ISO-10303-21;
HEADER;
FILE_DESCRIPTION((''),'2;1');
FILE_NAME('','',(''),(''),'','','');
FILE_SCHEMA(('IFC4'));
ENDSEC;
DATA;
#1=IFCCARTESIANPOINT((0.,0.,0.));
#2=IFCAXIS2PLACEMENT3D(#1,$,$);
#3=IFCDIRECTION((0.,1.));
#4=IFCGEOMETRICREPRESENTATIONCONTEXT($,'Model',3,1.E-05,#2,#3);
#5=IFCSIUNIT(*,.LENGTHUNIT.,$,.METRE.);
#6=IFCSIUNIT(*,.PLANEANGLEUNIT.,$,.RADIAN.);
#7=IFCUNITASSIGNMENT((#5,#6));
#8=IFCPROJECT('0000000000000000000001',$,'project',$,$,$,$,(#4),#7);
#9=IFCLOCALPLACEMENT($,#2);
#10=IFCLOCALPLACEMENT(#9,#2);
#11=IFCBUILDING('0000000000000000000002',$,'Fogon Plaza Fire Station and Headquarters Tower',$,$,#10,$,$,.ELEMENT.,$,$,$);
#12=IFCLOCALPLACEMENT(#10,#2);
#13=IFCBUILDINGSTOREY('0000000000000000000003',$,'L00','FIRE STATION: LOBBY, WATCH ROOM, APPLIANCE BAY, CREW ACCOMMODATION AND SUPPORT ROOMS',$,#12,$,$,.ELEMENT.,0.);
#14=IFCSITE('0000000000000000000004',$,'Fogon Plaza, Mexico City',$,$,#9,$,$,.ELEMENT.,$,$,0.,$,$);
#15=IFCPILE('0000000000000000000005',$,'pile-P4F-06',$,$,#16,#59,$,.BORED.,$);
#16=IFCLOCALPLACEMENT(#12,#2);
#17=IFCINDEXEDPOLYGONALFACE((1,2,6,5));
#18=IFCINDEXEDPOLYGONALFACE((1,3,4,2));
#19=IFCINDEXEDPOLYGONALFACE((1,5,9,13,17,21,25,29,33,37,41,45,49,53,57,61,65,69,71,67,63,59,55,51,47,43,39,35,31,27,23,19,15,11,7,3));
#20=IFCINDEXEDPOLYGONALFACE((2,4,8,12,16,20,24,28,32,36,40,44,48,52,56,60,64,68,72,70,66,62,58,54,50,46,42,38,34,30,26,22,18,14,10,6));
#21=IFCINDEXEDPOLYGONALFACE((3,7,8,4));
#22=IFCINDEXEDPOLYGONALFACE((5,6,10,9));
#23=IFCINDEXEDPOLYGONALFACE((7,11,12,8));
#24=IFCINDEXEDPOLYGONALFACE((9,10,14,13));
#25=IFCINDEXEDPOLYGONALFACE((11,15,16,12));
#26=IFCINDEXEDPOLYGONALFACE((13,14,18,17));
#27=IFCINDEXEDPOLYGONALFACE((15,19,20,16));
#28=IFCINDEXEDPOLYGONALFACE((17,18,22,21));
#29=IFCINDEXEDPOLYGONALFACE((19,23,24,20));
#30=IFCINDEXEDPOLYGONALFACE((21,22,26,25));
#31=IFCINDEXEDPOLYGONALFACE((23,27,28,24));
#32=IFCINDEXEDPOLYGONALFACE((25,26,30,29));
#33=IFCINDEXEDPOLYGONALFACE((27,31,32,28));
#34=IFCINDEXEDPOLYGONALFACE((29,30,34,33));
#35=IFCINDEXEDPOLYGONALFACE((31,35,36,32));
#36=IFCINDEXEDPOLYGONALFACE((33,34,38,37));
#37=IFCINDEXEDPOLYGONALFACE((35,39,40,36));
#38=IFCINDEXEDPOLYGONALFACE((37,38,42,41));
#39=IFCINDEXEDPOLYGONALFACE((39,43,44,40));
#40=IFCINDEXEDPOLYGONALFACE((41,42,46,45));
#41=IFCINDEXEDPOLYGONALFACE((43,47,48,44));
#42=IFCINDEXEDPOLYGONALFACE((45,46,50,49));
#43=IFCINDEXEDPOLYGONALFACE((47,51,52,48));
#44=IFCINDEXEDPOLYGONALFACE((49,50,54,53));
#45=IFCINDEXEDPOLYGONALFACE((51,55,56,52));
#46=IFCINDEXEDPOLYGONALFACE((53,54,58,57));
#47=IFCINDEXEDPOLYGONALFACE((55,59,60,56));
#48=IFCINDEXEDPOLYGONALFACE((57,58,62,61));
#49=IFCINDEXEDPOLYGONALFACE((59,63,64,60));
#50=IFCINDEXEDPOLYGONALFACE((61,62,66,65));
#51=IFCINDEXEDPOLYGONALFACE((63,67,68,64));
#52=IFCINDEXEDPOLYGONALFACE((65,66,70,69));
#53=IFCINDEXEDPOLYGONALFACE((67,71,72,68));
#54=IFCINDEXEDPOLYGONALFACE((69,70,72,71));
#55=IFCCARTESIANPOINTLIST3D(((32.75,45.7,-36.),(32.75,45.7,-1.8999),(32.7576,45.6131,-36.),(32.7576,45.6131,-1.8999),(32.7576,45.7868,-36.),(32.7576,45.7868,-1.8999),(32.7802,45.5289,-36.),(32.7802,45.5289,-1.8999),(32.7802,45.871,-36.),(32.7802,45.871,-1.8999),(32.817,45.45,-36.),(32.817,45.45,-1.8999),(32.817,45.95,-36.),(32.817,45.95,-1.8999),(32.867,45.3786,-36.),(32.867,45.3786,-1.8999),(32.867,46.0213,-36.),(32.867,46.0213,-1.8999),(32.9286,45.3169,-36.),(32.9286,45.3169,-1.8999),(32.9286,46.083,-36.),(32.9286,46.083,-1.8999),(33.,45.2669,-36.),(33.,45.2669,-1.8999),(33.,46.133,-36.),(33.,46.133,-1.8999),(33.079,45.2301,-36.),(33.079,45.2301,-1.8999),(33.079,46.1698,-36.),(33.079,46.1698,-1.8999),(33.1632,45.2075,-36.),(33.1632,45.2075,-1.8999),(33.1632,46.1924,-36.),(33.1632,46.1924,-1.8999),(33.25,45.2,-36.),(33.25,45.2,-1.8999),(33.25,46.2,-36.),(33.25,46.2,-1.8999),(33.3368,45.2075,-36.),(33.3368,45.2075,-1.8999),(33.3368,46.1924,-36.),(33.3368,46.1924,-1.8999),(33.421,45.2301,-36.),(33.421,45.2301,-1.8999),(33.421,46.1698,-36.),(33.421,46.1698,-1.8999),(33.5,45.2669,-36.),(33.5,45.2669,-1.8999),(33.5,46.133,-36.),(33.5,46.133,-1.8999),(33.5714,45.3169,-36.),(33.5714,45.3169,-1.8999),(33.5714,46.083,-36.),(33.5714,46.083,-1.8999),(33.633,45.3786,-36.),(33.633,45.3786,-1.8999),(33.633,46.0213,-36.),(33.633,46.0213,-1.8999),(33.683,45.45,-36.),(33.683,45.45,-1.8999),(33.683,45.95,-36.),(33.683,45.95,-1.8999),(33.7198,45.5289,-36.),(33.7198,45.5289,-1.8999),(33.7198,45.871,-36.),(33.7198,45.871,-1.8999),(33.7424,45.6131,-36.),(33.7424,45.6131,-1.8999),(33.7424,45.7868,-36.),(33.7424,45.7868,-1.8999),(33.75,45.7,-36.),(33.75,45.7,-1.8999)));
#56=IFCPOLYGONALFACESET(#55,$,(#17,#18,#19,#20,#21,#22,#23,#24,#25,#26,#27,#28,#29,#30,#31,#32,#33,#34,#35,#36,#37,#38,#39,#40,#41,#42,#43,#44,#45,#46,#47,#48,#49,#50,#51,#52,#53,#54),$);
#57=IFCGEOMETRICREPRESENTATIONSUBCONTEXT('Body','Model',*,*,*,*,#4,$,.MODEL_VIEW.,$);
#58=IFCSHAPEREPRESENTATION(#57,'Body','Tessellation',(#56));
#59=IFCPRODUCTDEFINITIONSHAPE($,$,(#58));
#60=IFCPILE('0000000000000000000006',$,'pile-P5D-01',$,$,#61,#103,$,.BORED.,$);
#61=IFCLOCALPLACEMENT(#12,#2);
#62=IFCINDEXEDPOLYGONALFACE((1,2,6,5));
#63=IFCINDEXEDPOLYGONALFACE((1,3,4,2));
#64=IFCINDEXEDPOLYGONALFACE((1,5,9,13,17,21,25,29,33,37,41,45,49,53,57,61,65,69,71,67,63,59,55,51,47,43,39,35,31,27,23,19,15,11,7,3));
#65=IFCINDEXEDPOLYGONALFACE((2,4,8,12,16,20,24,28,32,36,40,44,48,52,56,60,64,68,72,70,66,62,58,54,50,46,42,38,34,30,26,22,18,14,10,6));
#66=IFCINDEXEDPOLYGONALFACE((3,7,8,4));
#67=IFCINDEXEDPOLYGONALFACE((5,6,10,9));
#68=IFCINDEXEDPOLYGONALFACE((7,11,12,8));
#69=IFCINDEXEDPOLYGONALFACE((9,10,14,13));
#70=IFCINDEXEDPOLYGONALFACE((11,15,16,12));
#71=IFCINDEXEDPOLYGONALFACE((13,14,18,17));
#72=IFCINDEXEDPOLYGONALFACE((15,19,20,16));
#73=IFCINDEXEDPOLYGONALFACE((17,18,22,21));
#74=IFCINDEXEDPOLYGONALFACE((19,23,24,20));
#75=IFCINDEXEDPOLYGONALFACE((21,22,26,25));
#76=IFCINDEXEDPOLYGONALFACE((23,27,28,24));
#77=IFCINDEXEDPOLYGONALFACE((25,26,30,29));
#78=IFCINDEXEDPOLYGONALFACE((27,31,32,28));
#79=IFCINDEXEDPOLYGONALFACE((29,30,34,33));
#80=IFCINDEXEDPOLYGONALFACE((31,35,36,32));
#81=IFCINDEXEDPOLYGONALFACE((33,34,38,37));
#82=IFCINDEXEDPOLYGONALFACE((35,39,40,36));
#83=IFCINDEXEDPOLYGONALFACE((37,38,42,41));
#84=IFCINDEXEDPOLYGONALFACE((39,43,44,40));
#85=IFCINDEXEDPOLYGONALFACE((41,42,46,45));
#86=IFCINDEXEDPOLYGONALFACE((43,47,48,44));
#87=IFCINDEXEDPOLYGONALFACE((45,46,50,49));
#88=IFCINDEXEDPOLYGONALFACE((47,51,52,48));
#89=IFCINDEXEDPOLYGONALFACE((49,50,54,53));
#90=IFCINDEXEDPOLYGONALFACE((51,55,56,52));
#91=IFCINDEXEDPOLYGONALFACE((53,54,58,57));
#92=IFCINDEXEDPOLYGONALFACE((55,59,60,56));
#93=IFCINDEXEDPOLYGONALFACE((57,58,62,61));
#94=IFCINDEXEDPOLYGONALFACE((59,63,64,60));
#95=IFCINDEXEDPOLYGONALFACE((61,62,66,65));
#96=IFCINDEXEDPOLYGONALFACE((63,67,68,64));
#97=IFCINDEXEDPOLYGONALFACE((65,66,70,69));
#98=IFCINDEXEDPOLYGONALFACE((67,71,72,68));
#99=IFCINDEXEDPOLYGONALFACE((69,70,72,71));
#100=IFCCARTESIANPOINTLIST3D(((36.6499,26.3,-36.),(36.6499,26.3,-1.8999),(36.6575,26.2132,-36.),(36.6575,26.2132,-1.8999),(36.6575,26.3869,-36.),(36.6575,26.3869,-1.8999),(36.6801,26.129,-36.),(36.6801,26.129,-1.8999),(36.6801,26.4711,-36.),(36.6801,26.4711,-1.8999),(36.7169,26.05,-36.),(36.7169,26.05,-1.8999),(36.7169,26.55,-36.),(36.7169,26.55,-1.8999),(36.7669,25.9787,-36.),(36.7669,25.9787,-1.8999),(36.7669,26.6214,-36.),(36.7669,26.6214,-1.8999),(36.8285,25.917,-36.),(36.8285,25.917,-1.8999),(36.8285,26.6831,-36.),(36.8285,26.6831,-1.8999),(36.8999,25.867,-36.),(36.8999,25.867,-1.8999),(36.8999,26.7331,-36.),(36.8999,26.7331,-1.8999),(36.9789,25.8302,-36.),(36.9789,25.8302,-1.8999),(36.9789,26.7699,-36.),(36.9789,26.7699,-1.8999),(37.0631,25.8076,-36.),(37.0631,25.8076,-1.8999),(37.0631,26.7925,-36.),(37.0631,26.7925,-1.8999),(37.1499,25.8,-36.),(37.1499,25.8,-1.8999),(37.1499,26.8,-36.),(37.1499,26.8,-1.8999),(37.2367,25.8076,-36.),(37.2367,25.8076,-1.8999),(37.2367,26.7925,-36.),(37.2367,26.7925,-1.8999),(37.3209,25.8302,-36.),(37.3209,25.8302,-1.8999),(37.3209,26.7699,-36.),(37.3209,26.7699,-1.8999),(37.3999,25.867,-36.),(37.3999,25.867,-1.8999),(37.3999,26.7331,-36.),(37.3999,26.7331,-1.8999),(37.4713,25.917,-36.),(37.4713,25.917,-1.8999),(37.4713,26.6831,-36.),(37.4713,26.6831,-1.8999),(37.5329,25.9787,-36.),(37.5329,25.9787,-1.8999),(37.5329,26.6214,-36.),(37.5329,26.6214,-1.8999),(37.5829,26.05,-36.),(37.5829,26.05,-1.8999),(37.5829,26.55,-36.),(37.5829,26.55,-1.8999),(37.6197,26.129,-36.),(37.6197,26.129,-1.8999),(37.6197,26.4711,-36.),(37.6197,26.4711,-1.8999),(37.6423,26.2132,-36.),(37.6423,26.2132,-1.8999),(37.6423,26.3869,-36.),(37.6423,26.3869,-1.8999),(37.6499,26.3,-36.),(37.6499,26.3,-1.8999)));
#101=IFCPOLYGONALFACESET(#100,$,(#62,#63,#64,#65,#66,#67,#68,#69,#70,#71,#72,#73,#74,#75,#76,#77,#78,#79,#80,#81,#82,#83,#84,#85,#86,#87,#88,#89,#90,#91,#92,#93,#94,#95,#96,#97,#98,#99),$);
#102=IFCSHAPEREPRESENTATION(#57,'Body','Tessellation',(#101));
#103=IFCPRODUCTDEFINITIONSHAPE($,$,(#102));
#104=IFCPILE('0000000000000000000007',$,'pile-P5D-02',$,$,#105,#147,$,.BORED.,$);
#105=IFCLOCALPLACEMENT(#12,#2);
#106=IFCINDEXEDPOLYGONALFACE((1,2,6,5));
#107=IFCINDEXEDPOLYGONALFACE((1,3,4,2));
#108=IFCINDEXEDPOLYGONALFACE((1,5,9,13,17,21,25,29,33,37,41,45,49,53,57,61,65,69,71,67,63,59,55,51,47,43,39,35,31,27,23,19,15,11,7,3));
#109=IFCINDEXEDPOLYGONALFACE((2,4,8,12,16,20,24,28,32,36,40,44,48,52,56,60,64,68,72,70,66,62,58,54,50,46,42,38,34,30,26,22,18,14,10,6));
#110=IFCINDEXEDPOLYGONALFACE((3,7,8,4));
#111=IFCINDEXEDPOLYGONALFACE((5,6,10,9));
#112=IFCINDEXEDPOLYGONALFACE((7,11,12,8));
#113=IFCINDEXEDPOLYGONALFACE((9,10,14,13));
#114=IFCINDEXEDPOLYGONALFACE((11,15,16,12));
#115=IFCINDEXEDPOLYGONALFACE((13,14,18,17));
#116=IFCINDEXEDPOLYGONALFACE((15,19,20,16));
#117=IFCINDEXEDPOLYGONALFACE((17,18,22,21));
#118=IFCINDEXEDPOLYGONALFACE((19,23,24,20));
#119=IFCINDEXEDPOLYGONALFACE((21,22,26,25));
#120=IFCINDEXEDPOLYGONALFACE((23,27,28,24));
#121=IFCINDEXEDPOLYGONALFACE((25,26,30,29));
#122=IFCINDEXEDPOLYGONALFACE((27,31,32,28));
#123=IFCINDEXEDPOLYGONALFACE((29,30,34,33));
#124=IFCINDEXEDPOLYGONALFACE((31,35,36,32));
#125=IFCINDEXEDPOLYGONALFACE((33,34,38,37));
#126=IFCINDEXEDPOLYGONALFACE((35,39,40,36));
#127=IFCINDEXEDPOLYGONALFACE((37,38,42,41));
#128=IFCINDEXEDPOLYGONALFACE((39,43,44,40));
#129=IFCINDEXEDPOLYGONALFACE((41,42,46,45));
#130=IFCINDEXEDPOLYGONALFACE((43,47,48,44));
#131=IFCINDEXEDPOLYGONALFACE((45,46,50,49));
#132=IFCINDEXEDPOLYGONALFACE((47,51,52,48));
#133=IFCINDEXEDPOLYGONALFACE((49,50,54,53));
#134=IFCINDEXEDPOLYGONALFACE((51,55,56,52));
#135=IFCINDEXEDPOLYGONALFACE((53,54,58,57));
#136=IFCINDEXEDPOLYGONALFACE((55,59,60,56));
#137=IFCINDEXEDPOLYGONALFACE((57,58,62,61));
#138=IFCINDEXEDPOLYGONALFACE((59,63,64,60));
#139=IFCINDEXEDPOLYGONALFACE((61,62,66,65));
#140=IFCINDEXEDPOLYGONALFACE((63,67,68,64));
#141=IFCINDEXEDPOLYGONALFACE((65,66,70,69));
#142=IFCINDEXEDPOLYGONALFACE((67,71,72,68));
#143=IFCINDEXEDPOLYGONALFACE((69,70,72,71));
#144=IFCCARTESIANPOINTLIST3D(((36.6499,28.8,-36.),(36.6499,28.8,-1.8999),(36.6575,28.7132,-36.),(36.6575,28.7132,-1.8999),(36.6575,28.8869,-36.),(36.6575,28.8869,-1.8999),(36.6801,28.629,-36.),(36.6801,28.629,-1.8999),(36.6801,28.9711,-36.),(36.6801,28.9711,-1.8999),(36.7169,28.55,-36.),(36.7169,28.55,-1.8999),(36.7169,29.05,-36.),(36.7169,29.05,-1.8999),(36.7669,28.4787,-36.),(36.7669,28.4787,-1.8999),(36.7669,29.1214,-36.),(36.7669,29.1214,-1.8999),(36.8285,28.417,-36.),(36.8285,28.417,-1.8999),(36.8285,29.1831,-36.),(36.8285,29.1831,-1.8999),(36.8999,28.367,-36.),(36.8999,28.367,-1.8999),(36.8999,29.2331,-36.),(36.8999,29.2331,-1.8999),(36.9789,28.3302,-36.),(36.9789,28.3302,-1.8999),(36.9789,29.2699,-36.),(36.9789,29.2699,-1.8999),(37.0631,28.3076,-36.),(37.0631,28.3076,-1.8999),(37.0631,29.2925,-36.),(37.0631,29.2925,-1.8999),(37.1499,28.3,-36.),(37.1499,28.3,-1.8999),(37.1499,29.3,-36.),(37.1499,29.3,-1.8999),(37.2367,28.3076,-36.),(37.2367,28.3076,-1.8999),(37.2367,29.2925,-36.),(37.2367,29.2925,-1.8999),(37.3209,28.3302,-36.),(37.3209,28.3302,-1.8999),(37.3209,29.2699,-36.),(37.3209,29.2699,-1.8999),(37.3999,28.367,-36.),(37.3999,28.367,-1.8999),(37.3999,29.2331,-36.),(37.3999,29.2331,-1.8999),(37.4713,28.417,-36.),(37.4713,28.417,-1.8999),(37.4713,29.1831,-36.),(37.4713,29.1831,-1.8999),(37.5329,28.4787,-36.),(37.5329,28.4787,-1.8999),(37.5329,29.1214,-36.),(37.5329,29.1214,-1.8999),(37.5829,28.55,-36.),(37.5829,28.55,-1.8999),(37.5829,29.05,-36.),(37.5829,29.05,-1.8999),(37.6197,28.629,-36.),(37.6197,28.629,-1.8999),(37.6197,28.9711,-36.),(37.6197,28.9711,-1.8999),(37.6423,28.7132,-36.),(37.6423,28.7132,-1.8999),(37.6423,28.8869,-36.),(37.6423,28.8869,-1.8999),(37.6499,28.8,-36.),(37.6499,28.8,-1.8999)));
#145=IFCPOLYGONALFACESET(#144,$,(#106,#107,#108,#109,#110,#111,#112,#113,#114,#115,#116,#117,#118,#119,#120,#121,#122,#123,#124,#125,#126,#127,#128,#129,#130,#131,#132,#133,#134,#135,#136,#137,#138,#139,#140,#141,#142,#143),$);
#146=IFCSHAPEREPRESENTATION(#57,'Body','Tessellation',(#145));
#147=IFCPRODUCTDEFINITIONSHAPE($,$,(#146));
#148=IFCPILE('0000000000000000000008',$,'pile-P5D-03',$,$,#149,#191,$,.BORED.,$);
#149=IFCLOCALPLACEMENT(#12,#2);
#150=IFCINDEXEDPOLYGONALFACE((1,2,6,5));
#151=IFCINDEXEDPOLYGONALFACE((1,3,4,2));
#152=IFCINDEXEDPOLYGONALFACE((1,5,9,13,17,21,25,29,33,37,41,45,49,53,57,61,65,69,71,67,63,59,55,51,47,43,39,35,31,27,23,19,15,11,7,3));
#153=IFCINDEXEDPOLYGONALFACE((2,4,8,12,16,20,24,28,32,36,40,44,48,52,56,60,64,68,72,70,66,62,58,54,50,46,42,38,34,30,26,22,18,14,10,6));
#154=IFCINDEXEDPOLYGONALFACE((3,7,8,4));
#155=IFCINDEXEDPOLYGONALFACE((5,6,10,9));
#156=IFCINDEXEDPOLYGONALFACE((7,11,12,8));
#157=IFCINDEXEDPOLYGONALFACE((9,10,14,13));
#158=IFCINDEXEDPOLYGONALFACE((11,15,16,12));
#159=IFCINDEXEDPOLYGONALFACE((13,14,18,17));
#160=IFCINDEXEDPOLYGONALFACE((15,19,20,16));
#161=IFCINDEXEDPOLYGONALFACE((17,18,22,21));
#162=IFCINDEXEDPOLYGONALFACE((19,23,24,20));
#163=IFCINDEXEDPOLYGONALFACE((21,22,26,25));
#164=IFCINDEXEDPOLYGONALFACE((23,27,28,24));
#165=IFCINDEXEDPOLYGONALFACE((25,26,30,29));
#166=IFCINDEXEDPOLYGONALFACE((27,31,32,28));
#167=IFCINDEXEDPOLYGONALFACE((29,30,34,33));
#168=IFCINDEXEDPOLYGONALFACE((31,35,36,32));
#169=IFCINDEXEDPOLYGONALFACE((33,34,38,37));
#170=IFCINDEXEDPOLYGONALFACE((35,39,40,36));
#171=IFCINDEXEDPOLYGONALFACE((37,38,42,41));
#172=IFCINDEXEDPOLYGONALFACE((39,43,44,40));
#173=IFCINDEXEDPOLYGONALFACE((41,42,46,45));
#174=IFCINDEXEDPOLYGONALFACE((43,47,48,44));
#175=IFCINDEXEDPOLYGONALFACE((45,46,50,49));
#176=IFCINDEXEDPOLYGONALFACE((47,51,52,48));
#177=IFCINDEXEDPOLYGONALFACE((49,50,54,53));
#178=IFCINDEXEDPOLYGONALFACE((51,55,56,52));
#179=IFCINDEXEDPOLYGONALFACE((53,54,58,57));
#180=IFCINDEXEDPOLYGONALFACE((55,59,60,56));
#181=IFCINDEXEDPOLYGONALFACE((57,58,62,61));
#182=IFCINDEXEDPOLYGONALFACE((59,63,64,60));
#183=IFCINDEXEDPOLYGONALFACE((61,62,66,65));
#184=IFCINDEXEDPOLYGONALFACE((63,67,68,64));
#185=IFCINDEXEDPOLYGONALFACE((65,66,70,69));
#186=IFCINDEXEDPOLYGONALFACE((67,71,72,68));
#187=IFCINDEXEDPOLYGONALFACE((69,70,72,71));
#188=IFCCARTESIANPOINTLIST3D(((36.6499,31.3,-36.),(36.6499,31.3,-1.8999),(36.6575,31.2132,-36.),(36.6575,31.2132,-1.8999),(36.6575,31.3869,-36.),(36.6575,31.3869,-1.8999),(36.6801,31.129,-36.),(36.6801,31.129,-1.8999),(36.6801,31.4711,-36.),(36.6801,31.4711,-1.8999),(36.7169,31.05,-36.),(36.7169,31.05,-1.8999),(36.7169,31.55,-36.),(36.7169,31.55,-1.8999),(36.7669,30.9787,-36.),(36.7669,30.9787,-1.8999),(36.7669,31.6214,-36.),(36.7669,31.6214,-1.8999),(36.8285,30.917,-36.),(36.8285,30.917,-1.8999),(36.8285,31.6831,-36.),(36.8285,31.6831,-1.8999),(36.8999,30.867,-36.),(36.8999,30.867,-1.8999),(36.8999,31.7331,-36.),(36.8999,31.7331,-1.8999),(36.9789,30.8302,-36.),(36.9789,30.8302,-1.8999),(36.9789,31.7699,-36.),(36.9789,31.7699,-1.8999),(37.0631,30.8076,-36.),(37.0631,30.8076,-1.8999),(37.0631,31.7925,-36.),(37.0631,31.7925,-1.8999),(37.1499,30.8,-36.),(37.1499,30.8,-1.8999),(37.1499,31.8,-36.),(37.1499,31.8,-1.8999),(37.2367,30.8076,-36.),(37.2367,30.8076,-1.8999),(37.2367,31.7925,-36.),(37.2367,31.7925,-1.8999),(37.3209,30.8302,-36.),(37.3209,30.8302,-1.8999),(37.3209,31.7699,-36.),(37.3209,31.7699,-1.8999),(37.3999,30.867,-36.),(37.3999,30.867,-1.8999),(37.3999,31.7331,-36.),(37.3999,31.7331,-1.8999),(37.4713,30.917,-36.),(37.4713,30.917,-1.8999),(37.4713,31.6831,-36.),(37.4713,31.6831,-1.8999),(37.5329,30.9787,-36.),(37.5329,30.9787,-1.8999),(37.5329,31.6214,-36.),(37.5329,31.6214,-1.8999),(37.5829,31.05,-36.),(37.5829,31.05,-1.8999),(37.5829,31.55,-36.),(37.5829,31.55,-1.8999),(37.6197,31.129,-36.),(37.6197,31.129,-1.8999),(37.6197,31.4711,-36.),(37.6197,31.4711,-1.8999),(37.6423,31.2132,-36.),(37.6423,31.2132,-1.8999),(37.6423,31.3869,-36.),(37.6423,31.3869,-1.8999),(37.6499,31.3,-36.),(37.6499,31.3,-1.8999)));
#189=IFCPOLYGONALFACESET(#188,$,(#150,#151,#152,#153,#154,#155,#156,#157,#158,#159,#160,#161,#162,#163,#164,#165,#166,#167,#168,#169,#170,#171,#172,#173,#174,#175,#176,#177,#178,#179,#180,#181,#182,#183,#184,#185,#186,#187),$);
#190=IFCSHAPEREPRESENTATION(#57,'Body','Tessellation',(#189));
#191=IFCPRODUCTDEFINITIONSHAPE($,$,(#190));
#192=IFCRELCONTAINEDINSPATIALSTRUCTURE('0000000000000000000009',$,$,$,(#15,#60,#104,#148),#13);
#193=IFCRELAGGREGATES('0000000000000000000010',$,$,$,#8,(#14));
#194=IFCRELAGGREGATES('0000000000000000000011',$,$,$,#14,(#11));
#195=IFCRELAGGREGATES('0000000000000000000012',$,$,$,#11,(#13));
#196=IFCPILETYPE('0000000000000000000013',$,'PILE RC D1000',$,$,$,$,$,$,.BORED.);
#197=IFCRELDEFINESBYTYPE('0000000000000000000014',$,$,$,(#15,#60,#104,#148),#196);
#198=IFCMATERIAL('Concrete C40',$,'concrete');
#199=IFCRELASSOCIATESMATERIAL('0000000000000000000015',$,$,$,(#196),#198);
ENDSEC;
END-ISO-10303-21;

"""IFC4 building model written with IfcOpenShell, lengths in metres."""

from ifc_helpers import new_model, si_unit, direction, frame, origin, origin_2d, place, context, subcontext, project, spatial, circle, extrude, material, material_profile, profile_set, type_object, element, save


model = new_model("IFC4")

# Units and contexts
model_context = context("Model", 3, precision=1e-05, world=origin(), true_north=direction((0.0, 1.0)))
body_context = subcontext(model_context, "Body", "Model", "MODEL_VIEW")
ifc_project = project(units=[si_unit("LENGTHUNIT", "METRE"), si_unit("PLANEANGLEUNIT", "RADIAN")], contexts=[model_context])

# Site, building, storey
site_placement = place(None, origin())
site = spatial("IfcSite", under=ifc_project, at=site_placement, Name="Fogon Plaza, Mexico City", CompositionType="ELEMENT", RefElevation=0.0)
building_placement = place(site_placement, origin())
building = spatial("IfcBuilding", under=site, at=building_placement, Name="Fogon Plaza Fire Station and Headquarters Tower", CompositionType="ELEMENT")
storey_placement = place(building_placement, origin())
storey = spatial("IfcBuildingStorey", under=building, at=storey_placement, Name="L00", Description="FIRE STATION: LOBBY, WATCH ROOM, APPLIANCE BAY, CREW ACCOMMODATION AND SUPPORT ROOMS", CompositionType="ELEMENT", Elevation=0.0)

# Piles
ifc_material_1 = material(Name="Concrete C40", Category="concrete")
ifc_material_profile_1 = material_profile(ifc_material_1, circle(Radius=0.5, at=origin_2d()), Name="RC D1000")
ifc_profile_set_1 = profile_set([ifc_material_profile_1], Name="Concrete C40")
pile_type = type_object("IfcPileType", Name="PILE RC D1000", PredefinedType="BORED", material=ifc_profile_set_1)
for number, where, z_axis, x_axis, name in (
    (1, (33.25, 45.7, -1.8999), (0.0, 0.0, -1.0), (1.0, 0.0, 0.0), "pile-P4F-06"),
    (2, (37.1499, 26.3, -1.8999), (0.0, 0.0, -1.0), (1.0, 0.0, 0.0), "pile-P5D-01"),
    (3, (37.1499, 28.8, -1.8999), (0.0, 0.0, -1.0), (1.0, 0.0, 0.0), "pile-P5D-02"),
    (4, (37.1499, 31.3, -1.8999), (0.0, 0.0, -1.0), (1.0, 0.0, 0.0), "pile-P5D-03"),
):
    element("IfcPile", number, at=place(storey_placement, frame(where, z_axis=z_axis, x_axis=x_axis)), inside=storey, type_object=pile_type, Name=name, PredefinedType="BORED", context=body_context, shape_type="SweptSolid", body=[
        extrude(circle(Radius=0.5, at=origin_2d()), origin(), (0.0, 0.0, 1.0), 34.1001),
    ])

save(model, "model.ifc")
